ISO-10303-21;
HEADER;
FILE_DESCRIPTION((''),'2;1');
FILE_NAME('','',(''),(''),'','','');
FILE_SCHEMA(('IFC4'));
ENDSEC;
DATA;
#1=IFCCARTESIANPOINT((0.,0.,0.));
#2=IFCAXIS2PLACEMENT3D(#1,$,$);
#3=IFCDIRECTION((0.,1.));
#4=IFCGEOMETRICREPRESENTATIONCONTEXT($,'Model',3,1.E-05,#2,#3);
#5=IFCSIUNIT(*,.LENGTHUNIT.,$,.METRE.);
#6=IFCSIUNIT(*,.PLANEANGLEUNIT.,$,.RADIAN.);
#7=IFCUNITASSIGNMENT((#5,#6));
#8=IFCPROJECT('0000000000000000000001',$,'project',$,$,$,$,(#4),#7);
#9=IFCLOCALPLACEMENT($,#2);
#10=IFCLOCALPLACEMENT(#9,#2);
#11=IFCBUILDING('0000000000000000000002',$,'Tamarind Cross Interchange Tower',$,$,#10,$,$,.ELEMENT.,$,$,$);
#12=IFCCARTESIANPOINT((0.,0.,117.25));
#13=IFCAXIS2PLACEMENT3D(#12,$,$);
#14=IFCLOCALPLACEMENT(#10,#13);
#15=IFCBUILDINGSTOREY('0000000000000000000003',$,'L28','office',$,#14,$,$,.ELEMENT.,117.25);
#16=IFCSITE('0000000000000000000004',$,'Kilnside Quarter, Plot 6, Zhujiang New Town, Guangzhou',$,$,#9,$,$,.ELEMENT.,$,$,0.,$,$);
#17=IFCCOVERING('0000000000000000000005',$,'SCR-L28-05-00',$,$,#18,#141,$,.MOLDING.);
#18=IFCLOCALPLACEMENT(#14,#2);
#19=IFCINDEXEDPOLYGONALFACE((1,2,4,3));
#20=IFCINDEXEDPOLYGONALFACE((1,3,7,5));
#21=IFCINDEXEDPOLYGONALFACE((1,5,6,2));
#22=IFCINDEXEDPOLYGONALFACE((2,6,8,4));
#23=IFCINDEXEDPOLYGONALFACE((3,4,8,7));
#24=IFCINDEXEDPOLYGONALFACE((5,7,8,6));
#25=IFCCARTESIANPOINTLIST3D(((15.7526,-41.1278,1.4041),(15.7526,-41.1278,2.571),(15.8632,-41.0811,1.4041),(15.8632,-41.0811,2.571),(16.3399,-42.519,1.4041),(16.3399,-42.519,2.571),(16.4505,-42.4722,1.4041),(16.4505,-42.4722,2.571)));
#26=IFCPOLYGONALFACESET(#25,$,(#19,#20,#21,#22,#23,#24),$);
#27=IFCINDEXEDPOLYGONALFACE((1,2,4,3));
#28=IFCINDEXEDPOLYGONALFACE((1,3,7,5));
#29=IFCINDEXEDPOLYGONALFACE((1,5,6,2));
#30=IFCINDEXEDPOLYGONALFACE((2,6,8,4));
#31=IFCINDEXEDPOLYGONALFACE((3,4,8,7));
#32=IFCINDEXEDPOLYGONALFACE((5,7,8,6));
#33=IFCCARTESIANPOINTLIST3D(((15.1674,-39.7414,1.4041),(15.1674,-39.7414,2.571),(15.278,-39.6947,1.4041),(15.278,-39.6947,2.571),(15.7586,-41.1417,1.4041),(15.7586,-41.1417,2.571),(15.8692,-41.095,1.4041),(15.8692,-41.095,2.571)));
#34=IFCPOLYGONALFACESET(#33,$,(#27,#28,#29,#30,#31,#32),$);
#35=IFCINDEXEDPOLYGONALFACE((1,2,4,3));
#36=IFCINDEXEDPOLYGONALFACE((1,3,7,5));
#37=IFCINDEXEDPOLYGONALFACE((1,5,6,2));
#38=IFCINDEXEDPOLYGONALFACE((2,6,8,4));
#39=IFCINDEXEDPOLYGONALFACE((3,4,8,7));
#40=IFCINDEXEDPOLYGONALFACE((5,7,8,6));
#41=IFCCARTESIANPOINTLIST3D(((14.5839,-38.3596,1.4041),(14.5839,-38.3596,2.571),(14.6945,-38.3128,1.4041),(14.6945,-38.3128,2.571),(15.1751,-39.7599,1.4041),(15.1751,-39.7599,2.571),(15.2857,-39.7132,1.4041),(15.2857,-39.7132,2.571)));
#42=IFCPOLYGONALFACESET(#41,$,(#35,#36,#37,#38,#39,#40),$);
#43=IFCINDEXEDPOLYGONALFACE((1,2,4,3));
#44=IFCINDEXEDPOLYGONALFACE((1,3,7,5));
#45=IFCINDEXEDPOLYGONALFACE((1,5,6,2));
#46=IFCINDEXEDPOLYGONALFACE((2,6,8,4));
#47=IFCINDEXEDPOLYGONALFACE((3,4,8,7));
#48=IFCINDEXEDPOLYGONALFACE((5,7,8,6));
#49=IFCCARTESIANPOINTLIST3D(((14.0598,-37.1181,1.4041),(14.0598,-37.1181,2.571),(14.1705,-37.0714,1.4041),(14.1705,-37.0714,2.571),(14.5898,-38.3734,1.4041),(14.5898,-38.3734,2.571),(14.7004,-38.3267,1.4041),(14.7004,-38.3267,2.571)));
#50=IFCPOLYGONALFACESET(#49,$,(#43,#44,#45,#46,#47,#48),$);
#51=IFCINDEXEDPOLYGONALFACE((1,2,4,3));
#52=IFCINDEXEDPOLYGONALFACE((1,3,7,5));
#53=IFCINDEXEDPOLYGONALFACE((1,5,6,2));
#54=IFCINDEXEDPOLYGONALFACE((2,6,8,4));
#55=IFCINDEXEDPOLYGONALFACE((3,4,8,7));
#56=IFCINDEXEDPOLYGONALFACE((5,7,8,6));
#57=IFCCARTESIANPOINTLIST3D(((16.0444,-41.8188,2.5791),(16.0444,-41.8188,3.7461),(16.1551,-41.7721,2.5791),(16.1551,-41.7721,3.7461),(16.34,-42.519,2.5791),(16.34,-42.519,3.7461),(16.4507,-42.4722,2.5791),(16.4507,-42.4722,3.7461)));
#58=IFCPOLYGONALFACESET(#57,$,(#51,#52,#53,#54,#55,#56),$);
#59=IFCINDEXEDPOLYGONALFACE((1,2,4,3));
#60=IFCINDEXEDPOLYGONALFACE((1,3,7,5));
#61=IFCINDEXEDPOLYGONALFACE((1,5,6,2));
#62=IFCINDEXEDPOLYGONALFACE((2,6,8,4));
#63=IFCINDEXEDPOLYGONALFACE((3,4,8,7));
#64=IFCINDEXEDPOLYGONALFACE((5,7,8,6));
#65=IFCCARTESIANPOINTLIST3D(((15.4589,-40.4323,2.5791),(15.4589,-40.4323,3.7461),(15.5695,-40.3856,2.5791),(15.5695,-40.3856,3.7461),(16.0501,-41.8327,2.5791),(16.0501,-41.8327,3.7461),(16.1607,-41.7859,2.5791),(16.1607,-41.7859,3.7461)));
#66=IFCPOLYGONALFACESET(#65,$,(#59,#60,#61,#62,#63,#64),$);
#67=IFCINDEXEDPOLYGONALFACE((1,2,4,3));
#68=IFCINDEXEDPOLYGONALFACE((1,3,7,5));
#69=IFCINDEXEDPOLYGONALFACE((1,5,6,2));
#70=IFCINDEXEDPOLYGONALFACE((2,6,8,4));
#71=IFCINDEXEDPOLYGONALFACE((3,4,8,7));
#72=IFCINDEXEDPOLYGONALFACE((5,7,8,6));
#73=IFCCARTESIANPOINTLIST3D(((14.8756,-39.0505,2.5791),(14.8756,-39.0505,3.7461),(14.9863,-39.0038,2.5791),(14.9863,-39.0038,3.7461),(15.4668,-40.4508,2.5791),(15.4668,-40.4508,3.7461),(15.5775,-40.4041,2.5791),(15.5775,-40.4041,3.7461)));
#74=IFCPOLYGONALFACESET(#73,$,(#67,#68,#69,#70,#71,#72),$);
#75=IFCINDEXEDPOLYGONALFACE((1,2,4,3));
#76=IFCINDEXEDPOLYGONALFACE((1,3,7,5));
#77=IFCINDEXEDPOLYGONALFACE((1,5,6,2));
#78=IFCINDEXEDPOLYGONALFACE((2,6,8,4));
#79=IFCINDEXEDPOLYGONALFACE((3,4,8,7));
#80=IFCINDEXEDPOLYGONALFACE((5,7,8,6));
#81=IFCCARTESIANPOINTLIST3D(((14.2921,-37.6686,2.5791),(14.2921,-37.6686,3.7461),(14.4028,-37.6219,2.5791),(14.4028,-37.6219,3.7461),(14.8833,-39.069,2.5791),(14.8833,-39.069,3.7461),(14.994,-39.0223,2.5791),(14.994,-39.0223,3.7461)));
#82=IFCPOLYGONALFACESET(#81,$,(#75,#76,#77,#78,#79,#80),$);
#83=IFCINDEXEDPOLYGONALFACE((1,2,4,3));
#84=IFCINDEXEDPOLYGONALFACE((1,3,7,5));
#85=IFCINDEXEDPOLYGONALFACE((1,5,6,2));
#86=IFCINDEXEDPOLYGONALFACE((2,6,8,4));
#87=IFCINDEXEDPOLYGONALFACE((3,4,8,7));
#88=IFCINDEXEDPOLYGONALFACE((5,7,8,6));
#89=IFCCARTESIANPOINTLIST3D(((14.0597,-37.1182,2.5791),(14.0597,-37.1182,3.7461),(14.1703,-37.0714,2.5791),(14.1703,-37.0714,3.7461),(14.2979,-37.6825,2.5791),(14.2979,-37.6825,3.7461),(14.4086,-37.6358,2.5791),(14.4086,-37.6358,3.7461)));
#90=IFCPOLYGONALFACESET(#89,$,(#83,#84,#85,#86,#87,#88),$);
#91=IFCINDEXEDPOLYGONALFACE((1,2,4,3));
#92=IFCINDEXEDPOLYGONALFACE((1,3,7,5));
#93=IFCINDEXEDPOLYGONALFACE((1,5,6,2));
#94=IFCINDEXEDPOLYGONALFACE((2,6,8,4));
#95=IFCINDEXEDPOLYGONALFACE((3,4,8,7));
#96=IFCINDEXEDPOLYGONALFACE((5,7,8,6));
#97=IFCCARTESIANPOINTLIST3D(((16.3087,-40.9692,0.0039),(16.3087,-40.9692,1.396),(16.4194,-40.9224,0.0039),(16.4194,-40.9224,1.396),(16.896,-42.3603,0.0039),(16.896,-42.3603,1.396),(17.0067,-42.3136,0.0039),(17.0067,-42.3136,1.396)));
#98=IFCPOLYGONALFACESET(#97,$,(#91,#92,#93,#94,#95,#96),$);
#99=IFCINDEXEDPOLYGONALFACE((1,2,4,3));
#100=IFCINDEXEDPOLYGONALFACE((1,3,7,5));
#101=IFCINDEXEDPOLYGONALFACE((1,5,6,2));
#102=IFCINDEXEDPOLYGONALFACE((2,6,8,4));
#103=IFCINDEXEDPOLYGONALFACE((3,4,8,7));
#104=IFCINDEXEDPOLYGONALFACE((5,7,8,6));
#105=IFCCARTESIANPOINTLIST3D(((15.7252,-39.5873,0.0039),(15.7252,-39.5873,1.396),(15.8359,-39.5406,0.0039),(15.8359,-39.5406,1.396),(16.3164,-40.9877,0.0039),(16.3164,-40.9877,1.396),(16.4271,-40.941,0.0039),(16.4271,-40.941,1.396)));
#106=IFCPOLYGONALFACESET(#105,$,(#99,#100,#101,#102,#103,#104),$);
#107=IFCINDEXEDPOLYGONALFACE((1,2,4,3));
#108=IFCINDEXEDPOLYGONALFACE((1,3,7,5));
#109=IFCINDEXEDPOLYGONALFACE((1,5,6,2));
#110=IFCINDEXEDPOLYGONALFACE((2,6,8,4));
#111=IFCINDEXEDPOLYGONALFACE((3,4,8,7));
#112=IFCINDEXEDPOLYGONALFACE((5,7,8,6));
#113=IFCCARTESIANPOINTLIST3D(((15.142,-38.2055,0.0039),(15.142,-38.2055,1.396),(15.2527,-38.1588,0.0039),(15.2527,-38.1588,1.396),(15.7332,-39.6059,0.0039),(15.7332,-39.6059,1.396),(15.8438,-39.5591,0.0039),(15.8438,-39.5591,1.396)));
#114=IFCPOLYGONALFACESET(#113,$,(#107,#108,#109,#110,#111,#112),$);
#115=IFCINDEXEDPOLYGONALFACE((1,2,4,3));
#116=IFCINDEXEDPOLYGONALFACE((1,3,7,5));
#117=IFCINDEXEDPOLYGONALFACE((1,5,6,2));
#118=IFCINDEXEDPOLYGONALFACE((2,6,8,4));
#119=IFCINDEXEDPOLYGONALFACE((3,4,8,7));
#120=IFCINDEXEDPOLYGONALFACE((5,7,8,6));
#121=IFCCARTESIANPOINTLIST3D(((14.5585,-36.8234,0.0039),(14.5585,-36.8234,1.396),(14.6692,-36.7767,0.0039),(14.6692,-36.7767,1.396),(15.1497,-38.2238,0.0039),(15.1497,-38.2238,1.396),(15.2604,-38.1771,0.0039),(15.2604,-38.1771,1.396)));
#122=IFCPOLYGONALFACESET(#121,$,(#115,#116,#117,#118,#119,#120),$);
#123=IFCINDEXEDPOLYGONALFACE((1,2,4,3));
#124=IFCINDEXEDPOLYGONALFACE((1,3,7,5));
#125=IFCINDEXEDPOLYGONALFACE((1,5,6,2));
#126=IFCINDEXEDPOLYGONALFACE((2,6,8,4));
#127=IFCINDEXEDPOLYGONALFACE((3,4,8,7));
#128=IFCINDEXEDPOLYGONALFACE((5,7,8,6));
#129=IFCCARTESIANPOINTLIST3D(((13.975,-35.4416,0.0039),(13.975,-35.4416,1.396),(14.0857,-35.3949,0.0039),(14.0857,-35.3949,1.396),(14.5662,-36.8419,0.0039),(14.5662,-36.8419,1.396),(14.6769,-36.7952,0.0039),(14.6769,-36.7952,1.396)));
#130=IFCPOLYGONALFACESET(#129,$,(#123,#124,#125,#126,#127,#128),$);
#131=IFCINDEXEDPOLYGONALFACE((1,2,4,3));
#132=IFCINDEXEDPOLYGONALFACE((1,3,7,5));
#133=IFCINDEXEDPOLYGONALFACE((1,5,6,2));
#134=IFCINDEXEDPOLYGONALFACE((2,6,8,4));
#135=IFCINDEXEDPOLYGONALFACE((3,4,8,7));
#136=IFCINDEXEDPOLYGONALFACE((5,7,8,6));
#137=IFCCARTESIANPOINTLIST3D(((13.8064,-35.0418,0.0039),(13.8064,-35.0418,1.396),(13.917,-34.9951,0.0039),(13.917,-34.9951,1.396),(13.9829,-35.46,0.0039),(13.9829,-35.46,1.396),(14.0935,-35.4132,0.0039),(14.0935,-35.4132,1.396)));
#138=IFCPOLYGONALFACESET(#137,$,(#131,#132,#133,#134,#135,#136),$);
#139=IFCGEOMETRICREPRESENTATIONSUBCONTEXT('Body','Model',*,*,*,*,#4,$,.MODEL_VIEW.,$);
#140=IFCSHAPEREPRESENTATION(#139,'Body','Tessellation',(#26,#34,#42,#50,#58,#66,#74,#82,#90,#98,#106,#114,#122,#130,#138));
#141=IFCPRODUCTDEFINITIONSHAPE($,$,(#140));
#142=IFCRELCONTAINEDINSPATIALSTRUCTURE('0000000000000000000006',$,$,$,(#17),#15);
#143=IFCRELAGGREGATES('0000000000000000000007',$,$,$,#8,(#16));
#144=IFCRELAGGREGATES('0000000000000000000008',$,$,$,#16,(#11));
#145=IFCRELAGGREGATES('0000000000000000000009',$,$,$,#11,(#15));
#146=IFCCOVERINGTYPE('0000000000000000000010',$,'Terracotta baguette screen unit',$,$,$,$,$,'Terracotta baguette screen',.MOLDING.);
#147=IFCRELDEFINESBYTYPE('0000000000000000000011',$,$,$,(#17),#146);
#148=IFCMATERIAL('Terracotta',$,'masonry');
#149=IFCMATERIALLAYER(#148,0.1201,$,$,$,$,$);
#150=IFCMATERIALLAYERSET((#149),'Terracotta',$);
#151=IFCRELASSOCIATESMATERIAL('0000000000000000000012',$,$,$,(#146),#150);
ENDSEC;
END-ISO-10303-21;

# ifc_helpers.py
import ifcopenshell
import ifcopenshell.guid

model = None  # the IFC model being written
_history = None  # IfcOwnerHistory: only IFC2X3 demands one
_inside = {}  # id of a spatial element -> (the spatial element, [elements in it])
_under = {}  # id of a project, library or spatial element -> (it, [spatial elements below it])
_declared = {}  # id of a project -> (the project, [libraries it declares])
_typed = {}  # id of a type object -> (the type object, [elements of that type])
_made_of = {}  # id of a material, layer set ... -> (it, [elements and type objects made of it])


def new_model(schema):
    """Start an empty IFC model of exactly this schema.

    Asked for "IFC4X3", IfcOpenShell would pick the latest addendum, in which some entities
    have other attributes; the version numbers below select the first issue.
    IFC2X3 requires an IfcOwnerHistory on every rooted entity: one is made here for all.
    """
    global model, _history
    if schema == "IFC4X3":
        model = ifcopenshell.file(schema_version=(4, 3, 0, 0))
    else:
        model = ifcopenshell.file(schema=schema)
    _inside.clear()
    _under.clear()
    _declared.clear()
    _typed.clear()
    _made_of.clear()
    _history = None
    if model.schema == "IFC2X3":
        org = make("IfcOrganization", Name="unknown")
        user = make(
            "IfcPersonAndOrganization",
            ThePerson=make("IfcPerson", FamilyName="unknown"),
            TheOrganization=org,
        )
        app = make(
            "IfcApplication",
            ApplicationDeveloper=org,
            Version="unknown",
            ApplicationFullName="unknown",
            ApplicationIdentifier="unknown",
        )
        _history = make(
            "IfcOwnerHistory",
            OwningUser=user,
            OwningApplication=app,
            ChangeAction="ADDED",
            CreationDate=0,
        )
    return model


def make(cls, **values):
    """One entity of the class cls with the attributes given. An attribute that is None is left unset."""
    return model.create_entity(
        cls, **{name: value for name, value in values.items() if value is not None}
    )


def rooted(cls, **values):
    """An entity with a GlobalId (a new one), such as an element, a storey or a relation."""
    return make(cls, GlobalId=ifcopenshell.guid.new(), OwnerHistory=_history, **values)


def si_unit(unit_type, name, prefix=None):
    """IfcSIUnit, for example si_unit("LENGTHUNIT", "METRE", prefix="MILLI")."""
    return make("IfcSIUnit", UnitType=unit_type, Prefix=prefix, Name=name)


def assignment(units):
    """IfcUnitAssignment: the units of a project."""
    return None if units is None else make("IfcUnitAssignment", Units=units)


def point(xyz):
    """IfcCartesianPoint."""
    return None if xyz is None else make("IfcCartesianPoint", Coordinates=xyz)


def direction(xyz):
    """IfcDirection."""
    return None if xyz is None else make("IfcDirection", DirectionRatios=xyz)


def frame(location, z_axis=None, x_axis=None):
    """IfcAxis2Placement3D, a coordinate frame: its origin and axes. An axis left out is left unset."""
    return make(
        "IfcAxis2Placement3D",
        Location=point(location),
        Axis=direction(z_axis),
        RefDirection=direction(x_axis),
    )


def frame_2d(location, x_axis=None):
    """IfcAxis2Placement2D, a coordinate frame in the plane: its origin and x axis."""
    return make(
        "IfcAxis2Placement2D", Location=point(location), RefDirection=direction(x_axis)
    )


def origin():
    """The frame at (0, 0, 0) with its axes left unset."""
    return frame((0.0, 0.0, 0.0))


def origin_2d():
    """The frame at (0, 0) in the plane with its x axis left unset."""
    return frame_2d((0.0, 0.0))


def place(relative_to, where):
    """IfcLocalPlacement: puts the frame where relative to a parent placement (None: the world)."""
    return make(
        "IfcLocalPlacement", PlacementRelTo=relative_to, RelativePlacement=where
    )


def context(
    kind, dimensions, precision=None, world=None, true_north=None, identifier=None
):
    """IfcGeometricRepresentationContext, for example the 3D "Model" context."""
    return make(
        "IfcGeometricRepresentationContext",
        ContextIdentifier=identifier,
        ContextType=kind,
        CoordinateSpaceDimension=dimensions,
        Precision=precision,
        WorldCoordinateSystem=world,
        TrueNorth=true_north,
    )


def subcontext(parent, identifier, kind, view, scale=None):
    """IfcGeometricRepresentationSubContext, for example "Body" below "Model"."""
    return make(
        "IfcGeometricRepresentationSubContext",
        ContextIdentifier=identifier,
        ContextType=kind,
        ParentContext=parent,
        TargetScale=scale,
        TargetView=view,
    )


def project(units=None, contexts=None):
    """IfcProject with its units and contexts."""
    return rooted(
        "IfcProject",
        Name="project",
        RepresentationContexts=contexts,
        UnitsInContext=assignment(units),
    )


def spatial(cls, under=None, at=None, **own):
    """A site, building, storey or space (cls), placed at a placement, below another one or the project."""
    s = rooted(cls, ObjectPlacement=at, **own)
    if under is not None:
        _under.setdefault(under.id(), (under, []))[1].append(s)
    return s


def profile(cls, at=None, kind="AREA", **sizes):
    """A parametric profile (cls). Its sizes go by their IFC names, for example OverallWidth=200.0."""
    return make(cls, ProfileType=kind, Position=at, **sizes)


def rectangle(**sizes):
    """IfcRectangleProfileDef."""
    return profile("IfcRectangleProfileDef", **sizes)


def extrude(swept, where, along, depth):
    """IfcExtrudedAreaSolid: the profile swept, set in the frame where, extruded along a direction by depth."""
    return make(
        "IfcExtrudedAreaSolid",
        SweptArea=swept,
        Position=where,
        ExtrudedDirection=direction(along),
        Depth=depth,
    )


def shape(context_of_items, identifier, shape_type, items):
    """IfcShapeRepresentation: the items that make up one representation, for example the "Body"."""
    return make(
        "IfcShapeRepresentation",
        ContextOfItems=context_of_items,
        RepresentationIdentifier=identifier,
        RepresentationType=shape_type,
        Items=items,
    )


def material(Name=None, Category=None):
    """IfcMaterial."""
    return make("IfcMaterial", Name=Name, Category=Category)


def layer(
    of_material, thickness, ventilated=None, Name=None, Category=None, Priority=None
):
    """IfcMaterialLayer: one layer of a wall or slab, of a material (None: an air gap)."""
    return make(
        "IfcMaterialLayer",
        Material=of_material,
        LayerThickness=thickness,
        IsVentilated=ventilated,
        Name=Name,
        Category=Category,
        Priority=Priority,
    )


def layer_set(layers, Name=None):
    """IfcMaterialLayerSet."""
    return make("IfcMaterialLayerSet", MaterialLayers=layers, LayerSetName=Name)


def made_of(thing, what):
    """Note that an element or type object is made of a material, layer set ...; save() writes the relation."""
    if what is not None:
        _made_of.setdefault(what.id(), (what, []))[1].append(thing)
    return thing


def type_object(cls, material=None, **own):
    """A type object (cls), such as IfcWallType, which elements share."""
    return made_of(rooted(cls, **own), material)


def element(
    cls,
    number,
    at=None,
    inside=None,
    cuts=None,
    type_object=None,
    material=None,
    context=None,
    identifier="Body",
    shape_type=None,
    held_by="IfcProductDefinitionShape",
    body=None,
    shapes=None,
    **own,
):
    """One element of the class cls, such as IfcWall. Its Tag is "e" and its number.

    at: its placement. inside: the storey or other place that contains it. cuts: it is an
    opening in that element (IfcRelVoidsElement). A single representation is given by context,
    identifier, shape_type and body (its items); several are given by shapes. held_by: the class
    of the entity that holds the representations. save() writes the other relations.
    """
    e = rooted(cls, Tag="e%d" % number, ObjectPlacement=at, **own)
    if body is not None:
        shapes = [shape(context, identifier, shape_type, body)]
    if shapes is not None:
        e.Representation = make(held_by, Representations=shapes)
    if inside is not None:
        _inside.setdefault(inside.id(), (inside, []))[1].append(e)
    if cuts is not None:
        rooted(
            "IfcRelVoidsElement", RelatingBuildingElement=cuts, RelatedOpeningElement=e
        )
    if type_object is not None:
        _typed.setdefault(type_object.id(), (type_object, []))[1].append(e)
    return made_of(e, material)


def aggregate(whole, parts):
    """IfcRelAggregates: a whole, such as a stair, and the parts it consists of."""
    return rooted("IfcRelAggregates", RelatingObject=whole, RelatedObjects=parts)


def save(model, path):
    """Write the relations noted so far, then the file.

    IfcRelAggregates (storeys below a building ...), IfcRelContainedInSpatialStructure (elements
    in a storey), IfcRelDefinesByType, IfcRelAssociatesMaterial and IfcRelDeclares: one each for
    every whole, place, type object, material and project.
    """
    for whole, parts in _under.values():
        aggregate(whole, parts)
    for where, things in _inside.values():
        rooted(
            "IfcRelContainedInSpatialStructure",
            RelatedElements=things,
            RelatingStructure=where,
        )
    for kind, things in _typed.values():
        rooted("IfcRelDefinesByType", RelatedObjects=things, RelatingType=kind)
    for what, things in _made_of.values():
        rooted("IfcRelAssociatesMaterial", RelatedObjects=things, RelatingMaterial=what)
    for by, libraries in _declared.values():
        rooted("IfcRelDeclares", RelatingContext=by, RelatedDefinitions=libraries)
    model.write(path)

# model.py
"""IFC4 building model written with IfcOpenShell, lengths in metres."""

from ifc_helpers import new_model, si_unit, direction, frame, origin, origin_2d, place, context, subcontext, project, spatial, rectangle, extrude, material, layer, layer_set, type_object, element, save


model = new_model("IFC4")

# Units and contexts
model_context = context("Model", 3, precision=1e-05, world=origin(), true_north=direction((0.0, 1.0)))
body_context = subcontext(model_context, "Body", "Model", "MODEL_VIEW")
ifc_project = project(units=[si_unit("LENGTHUNIT", "METRE"), si_unit("PLANEANGLEUNIT", "RADIAN")], contexts=[model_context])

# Site, building, storey
site_placement = place(None, origin())
site = spatial("IfcSite", under=ifc_project, at=site_placement, Name="Kilnside Quarter, Plot 6, Zhujiang New Town, Guangzhou", CompositionType="ELEMENT", RefElevation=0.0)
building_placement = place(site_placement, origin())
building = spatial("IfcBuilding", under=site, at=building_placement, Name="Tamarind Cross Interchange Tower", CompositionType="ELEMENT")
storey_placement = place(building_placement, frame((0.0, 0.0, 117.25)))
storey = spatial("IfcBuildingStorey", under=building, at=storey_placement, Name="L28", Description="office", CompositionType="ELEMENT", Elevation=117.25)

# Covering
ifc_material_1 = material(Name="Terracotta", Category="masonry")
ifc_layer_1 = layer(ifc_material_1, 0.1201)
ifc_layer_set_1 = layer_set([ifc_layer_1], Name="Terracotta")
covering_type = type_object("IfcCoveringType", Name="Terracotta baguette screen unit", ElementType="Terracotta baguette screen", PredefinedType="MOLDING", material=ifc_layer_set_1)
covering_1_placement = place(storey_placement, origin())
element("IfcCovering", 1, at=covering_1_placement, inside=storey, type_object=covering_type, Name="SCR-L28-05-00", PredefinedType="MOLDING", context=body_context, shape_type="SweptSolid", body=[
    extrude(rectangle(XDim=1.51, YDim=0.1201, at=origin_2d()), frame((16.1016, -41.8, 1.4041), z_axis=(0.0, 0.0, 1.0), x_axis=(-0.388939, 0.921264, 0.0)), (0.0, 0.0, 1.0), 1.167),
    extrude(rectangle(XDim=1.52, YDim=0.1201, at=origin_2d()), frame((15.5183, -40.4182, 1.4041), z_axis=(0.0, 0.0, 1.0), x_axis=(-0.388939, 0.921264, 0.0)), (0.0, 0.0, 1.0), 1.167),
    extrude(rectangle(XDim=1.52, YDim=0.1201, at=origin_2d()), frame((14.9348, -39.0364, 1.4041), z_axis=(0.0, 0.0, 1.0), x_axis=(-0.388939, 0.921264, 0.0)), (0.0, 0.0, 1.0), 1.167),
    extrude(rectangle(XDim=1.3625, YDim=0.1201, at=origin_2d()), frame((14.3801, -37.7224, 1.4041), z_axis=(0.0, 0.0, 1.0), x_axis=(-0.388939, 0.921264, 0.0)), (0.0, 0.0, 1.0), 1.167),
    extrude(rectangle(XDim=0.76, YDim=0.1201, at=origin_2d()), frame((16.2476, -42.1455, 2.5791), z_axis=(0.0, 0.0, 1.0), x_axis=(-0.388939, 0.921264, 0.0)), (0.0, 0.0, 1.0), 1.167),
    extrude(rectangle(XDim=1.52, YDim=0.1201, at=origin_2d()), frame((15.8098, -41.1091, 2.5791), z_axis=(0.0, 0.0, 1.0), x_axis=(-0.388939, 0.921264, 0.0)), (0.0, 0.0, 1.0), 1.167),
    extrude(rectangle(XDim=1.52, YDim=0.1201, at=origin_2d()), frame((15.2266, -39.7273, 2.5791), z_axis=(0.0, 0.0, 1.0), x_axis=(-0.388939, 0.921264, 0.0)), (0.0, 0.0, 1.0), 1.167),
    extrude(rectangle(XDim=1.52, YDim=0.1201, at=origin_2d()), frame((14.6431, -38.3455, 2.5791), z_axis=(0.0, 0.0, 1.0), x_axis=(-0.388939, 0.921264, 0.0)), (0.0, 0.0, 1.0), 1.167),
    extrude(rectangle(XDim=0.6125, YDim=0.1201, at=origin_2d()), frame((14.2341, -37.377, 2.5791), z_axis=(0.0, 0.0, 1.0), x_axis=(-0.388939, 0.921264, 0.0)), (0.0, 0.0, 1.0), 1.167),
    extrude(rectangle(XDim=1.51, YDim=0.1201, at=origin_2d()), frame((16.6577, -41.6414, 0.0039), z_axis=(0.0, 0.0, 1.0), x_axis=(-0.388939, 0.921264, 0.0)), (0.0, 0.0, 1.0), 1.3921),
    extrude(rectangle(XDim=1.52, YDim=0.1201, at=origin_2d()), frame((16.0762, -40.2642, 0.0039), z_axis=(0.0, 0.0, 1.0), x_axis=(-0.388939, 0.921264, 0.0)), (0.0, 0.0, 1.0), 1.3921),
    extrude(rectangle(XDim=1.52, YDim=0.1201, at=origin_2d()), frame((15.4929, -38.8823, 0.0039), z_axis=(0.0, 0.0, 1.0), x_axis=(-0.388939, 0.921264, 0.0)), (0.0, 0.0, 1.0), 1.3921),
    extrude(rectangle(XDim=1.52, YDim=0.1201, at=origin_2d()), frame((14.9094, -37.5002, 0.0039), z_axis=(0.0, 0.0, 1.0), x_axis=(-0.388939, 0.921264, 0.0)), (0.0, 0.0, 1.0), 1.3921),
    extrude(rectangle(XDim=1.52, YDim=0.1201, at=origin_2d()), frame((14.3259, -36.1184, 0.0039), z_axis=(0.0, 0.0, 1.0), x_axis=(-0.388939, 0.921264, 0.0)), (0.0, 0.0, 1.0), 1.3921),
    extrude(rectangle(XDim=0.4539, YDim=0.1201, at=origin_2d()), frame((13.95, -35.2275, 0.0039), z_axis=(0.0, 0.0, 1.0), x_axis=(-0.388939, 0.921264, 0.0)), (0.0, 0.0, 1.0), 1.3921),
])

save(model, "model.ifc")
